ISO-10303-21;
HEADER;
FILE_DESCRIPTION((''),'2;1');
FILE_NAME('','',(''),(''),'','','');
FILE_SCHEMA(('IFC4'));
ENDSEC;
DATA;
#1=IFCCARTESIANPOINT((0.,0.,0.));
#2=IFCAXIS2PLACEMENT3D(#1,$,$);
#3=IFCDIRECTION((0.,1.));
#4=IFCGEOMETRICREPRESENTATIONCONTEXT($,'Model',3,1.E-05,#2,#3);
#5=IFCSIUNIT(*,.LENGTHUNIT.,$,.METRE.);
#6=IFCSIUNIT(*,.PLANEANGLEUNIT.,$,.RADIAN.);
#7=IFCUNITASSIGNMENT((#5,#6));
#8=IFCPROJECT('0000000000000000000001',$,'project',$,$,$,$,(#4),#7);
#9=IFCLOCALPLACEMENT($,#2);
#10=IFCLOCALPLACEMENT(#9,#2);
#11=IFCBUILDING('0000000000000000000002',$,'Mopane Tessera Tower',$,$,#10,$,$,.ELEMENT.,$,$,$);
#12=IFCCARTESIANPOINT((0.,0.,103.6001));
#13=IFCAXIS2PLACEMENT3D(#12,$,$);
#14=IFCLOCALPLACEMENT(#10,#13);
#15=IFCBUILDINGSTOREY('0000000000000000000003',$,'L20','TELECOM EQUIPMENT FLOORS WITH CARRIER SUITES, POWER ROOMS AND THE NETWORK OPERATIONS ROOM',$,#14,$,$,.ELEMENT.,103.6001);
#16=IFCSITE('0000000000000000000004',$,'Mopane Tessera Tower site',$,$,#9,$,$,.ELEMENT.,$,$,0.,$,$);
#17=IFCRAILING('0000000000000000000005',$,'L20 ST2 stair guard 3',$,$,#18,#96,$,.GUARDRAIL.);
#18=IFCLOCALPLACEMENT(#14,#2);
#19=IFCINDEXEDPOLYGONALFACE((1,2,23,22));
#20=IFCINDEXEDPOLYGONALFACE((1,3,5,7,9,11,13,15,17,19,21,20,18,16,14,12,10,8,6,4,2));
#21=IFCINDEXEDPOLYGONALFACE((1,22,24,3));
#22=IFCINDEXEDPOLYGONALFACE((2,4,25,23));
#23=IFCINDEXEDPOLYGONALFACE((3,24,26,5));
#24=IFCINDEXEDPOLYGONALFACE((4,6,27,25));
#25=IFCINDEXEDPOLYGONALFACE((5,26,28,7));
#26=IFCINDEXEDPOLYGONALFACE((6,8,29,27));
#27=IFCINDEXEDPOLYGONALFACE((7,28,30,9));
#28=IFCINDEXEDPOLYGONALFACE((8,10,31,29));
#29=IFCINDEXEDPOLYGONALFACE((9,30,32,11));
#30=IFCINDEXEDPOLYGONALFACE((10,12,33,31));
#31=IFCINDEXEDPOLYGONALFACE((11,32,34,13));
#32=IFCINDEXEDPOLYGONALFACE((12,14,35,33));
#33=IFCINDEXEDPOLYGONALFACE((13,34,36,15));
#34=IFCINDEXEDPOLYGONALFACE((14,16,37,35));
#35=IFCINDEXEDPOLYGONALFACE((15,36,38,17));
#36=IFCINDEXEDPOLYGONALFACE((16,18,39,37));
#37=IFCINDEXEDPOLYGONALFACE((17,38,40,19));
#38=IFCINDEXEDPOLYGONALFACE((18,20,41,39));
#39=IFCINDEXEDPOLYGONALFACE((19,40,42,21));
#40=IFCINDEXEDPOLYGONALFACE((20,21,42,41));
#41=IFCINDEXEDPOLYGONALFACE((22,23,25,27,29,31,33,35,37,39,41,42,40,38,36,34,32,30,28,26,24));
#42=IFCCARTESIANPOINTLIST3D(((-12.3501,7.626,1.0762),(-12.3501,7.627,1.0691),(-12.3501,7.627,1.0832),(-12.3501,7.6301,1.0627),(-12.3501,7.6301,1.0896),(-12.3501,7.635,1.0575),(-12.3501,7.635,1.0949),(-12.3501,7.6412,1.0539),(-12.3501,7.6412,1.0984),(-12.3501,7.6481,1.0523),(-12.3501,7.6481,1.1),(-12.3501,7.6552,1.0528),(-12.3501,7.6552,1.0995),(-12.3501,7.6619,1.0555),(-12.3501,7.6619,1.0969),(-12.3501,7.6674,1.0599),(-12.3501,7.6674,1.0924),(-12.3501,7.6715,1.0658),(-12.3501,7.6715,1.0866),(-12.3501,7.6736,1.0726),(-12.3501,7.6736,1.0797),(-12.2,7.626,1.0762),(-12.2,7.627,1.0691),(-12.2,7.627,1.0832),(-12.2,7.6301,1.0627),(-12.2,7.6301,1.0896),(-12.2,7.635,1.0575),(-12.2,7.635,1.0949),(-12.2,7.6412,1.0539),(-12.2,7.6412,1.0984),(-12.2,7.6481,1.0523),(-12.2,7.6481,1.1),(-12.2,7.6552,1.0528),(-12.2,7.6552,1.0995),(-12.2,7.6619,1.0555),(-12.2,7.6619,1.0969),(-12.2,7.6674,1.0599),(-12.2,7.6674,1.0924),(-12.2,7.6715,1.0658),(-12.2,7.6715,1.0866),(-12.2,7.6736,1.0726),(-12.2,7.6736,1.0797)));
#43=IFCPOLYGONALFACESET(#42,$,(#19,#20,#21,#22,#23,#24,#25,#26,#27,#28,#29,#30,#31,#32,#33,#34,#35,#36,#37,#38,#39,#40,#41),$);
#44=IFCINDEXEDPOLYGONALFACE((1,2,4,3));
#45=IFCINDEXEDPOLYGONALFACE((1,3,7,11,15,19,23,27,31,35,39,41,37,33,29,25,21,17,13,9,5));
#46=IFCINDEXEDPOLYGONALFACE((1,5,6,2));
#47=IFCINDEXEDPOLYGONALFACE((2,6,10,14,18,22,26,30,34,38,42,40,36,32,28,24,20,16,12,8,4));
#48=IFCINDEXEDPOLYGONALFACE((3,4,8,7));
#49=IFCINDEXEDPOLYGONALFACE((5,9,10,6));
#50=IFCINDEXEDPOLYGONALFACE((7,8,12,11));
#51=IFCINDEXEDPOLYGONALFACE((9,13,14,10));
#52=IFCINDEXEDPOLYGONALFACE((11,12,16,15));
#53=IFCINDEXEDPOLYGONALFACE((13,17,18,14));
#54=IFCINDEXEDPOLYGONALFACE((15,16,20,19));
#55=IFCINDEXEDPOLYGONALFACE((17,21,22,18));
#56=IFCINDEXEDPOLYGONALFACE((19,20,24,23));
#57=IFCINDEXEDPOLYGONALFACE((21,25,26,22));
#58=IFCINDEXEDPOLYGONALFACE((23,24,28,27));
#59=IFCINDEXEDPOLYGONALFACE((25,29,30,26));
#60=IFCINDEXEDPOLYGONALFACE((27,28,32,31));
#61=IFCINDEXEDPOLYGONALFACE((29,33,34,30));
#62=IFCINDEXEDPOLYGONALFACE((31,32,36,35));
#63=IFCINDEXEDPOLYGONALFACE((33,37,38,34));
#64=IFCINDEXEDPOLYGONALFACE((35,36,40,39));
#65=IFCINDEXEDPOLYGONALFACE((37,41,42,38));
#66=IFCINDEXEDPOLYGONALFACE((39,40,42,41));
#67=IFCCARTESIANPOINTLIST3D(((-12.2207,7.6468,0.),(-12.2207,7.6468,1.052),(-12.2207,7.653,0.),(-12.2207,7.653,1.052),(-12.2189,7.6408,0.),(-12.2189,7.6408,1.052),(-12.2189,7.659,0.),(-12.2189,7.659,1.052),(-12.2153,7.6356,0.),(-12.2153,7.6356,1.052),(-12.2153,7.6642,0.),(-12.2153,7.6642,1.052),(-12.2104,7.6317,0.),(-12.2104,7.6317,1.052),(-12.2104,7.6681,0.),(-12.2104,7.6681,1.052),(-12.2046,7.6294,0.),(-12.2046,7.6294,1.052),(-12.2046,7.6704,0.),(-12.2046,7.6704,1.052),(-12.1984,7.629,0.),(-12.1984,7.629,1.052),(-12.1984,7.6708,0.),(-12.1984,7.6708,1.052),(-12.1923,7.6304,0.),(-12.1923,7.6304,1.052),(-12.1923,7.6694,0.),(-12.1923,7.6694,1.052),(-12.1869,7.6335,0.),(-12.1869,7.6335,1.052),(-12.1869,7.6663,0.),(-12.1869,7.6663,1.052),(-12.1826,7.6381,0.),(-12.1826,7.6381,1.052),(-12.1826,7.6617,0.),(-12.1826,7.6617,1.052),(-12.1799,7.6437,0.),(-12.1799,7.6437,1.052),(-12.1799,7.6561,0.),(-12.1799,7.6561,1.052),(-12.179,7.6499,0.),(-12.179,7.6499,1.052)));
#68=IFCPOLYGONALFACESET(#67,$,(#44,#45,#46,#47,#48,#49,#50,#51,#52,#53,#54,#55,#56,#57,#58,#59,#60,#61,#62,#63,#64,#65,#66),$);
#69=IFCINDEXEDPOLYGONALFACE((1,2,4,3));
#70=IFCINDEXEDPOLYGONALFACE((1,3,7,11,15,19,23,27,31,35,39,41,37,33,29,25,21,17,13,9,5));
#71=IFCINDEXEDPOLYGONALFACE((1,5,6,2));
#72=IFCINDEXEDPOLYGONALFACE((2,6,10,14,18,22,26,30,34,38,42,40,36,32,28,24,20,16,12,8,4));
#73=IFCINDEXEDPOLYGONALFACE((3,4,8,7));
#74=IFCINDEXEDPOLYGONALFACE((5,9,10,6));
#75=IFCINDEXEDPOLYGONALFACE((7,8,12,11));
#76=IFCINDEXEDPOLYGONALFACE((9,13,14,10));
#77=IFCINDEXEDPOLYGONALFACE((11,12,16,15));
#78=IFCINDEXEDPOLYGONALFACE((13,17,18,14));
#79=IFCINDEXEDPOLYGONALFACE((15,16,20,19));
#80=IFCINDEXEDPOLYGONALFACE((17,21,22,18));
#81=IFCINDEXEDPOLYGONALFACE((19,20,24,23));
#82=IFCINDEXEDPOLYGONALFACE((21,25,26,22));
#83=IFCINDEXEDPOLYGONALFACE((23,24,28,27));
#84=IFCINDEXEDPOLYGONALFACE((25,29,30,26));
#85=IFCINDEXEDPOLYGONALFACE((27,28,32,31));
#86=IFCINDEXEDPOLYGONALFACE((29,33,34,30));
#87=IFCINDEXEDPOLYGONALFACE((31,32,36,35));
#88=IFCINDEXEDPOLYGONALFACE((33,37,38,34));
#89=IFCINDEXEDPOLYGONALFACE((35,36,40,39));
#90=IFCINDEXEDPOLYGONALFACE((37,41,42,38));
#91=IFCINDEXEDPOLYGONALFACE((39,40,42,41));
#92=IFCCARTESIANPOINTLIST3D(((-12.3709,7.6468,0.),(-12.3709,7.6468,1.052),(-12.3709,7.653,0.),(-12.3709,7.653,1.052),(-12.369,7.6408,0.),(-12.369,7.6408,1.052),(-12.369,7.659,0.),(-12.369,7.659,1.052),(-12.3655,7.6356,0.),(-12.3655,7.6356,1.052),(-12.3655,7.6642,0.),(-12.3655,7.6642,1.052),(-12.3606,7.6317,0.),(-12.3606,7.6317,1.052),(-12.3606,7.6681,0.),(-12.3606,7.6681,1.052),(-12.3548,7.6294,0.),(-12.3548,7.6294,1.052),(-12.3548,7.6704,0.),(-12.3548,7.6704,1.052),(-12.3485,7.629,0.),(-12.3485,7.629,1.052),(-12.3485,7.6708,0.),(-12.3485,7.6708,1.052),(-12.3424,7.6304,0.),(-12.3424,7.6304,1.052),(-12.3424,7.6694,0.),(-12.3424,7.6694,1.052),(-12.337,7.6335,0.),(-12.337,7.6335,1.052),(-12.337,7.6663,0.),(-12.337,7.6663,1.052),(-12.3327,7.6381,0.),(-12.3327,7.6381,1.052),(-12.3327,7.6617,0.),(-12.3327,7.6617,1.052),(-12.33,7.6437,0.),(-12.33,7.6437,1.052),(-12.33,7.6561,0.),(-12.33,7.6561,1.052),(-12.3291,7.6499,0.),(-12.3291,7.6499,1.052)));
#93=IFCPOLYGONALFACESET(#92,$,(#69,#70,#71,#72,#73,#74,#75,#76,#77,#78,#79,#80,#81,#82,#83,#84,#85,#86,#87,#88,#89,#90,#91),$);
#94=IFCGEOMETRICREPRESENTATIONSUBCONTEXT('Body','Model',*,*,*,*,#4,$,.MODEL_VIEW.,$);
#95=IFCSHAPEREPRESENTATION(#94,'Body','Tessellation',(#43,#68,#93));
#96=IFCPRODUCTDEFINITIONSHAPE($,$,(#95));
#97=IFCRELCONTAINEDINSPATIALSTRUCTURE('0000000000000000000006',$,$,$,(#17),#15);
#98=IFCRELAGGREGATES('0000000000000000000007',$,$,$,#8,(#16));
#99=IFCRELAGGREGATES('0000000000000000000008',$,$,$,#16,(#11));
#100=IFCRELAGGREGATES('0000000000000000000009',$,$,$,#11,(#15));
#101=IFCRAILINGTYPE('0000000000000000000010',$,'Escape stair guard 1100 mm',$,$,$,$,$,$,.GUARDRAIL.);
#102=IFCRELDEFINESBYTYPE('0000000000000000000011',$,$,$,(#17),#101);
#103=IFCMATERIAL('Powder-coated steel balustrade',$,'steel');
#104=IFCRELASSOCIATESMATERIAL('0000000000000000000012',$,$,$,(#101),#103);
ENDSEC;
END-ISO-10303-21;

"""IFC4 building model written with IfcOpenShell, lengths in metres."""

from ifc_helpers import new_model, si_unit, direction, frame, origin, origin_2d, place, context, subcontext, project, spatial, circle, extrude, material, type_object, element, save


model = new_model("IFC4")

# Units and contexts
model_context = context("Model", 3, precision=1e-05, world=origin(), true_north=direction((0.0, 1.0)))
body_context = subcontext(model_context, "Body", "Model", "MODEL_VIEW")
ifc_project = project(units=[si_unit("LENGTHUNIT", "METRE"), si_unit("PLANEANGLEUNIT", "RADIAN")], contexts=[model_context])

# Site, building, storey
site_placement = place(None, origin())
site = spatial("IfcSite", under=ifc_project, at=site_placement, Name="Mopane Tessera Tower site", CompositionType="ELEMENT", RefElevation=0.0)
building_placement = place(site_placement, origin())
building = spatial("IfcBuilding", under=site, at=building_placement, Name="Mopane Tessera Tower", CompositionType="ELEMENT")
storey_placement = place(building_placement, frame((0.0, 0.0, 103.6001)))
storey = spatial("IfcBuildingStorey", under=building, at=storey_placement, Name="L20", Description="TELECOM EQUIPMENT FLOORS WITH CARRIER SUITES, POWER ROOMS AND THE NETWORK OPERATIONS ROOM", CompositionType="ELEMENT", Elevation=103.6001)

# Railing
ifc_material_1 = material(Name="Powder-coated steel balustrade", Category="steel")
railing_type_1 = type_object("IfcRailingType", Name="Escape stair guard 1100 mm", PredefinedType="GUARDRAIL", material=ifc_material_1)
railing_1_placement = place(storey_placement, frame((-12.2, 7.6499, 0.0)))
element("IfcRailing", 1, at=railing_1_placement, inside=storey, type_object=railing_type_1, Name="L20 ST2 stair guard 3", PredefinedType="GUARDRAIL", context=body_context, shape_type="SweptSolid", body=[
    extrude(circle(Radius=0.0239, at=origin_2d()), frame((0.0, 0.0, 1.0762), z_axis=(-1.0, 0.0, 0.0), x_axis=(0.0, -1.0, 0.0)), (0.0, 0.0, 1.0), 0.1501),
    extrude(circle(Radius=0.021, at=origin_2d()), origin(), (0.0, 0.0, 1.0), 1.052),
    extrude(circle(Radius=0.021, at=origin_2d()), frame((-0.1501, 0.0, 0.0)), (0.0, 0.0, 1.0), 1.052),
])

save(model, "model.ifc")
